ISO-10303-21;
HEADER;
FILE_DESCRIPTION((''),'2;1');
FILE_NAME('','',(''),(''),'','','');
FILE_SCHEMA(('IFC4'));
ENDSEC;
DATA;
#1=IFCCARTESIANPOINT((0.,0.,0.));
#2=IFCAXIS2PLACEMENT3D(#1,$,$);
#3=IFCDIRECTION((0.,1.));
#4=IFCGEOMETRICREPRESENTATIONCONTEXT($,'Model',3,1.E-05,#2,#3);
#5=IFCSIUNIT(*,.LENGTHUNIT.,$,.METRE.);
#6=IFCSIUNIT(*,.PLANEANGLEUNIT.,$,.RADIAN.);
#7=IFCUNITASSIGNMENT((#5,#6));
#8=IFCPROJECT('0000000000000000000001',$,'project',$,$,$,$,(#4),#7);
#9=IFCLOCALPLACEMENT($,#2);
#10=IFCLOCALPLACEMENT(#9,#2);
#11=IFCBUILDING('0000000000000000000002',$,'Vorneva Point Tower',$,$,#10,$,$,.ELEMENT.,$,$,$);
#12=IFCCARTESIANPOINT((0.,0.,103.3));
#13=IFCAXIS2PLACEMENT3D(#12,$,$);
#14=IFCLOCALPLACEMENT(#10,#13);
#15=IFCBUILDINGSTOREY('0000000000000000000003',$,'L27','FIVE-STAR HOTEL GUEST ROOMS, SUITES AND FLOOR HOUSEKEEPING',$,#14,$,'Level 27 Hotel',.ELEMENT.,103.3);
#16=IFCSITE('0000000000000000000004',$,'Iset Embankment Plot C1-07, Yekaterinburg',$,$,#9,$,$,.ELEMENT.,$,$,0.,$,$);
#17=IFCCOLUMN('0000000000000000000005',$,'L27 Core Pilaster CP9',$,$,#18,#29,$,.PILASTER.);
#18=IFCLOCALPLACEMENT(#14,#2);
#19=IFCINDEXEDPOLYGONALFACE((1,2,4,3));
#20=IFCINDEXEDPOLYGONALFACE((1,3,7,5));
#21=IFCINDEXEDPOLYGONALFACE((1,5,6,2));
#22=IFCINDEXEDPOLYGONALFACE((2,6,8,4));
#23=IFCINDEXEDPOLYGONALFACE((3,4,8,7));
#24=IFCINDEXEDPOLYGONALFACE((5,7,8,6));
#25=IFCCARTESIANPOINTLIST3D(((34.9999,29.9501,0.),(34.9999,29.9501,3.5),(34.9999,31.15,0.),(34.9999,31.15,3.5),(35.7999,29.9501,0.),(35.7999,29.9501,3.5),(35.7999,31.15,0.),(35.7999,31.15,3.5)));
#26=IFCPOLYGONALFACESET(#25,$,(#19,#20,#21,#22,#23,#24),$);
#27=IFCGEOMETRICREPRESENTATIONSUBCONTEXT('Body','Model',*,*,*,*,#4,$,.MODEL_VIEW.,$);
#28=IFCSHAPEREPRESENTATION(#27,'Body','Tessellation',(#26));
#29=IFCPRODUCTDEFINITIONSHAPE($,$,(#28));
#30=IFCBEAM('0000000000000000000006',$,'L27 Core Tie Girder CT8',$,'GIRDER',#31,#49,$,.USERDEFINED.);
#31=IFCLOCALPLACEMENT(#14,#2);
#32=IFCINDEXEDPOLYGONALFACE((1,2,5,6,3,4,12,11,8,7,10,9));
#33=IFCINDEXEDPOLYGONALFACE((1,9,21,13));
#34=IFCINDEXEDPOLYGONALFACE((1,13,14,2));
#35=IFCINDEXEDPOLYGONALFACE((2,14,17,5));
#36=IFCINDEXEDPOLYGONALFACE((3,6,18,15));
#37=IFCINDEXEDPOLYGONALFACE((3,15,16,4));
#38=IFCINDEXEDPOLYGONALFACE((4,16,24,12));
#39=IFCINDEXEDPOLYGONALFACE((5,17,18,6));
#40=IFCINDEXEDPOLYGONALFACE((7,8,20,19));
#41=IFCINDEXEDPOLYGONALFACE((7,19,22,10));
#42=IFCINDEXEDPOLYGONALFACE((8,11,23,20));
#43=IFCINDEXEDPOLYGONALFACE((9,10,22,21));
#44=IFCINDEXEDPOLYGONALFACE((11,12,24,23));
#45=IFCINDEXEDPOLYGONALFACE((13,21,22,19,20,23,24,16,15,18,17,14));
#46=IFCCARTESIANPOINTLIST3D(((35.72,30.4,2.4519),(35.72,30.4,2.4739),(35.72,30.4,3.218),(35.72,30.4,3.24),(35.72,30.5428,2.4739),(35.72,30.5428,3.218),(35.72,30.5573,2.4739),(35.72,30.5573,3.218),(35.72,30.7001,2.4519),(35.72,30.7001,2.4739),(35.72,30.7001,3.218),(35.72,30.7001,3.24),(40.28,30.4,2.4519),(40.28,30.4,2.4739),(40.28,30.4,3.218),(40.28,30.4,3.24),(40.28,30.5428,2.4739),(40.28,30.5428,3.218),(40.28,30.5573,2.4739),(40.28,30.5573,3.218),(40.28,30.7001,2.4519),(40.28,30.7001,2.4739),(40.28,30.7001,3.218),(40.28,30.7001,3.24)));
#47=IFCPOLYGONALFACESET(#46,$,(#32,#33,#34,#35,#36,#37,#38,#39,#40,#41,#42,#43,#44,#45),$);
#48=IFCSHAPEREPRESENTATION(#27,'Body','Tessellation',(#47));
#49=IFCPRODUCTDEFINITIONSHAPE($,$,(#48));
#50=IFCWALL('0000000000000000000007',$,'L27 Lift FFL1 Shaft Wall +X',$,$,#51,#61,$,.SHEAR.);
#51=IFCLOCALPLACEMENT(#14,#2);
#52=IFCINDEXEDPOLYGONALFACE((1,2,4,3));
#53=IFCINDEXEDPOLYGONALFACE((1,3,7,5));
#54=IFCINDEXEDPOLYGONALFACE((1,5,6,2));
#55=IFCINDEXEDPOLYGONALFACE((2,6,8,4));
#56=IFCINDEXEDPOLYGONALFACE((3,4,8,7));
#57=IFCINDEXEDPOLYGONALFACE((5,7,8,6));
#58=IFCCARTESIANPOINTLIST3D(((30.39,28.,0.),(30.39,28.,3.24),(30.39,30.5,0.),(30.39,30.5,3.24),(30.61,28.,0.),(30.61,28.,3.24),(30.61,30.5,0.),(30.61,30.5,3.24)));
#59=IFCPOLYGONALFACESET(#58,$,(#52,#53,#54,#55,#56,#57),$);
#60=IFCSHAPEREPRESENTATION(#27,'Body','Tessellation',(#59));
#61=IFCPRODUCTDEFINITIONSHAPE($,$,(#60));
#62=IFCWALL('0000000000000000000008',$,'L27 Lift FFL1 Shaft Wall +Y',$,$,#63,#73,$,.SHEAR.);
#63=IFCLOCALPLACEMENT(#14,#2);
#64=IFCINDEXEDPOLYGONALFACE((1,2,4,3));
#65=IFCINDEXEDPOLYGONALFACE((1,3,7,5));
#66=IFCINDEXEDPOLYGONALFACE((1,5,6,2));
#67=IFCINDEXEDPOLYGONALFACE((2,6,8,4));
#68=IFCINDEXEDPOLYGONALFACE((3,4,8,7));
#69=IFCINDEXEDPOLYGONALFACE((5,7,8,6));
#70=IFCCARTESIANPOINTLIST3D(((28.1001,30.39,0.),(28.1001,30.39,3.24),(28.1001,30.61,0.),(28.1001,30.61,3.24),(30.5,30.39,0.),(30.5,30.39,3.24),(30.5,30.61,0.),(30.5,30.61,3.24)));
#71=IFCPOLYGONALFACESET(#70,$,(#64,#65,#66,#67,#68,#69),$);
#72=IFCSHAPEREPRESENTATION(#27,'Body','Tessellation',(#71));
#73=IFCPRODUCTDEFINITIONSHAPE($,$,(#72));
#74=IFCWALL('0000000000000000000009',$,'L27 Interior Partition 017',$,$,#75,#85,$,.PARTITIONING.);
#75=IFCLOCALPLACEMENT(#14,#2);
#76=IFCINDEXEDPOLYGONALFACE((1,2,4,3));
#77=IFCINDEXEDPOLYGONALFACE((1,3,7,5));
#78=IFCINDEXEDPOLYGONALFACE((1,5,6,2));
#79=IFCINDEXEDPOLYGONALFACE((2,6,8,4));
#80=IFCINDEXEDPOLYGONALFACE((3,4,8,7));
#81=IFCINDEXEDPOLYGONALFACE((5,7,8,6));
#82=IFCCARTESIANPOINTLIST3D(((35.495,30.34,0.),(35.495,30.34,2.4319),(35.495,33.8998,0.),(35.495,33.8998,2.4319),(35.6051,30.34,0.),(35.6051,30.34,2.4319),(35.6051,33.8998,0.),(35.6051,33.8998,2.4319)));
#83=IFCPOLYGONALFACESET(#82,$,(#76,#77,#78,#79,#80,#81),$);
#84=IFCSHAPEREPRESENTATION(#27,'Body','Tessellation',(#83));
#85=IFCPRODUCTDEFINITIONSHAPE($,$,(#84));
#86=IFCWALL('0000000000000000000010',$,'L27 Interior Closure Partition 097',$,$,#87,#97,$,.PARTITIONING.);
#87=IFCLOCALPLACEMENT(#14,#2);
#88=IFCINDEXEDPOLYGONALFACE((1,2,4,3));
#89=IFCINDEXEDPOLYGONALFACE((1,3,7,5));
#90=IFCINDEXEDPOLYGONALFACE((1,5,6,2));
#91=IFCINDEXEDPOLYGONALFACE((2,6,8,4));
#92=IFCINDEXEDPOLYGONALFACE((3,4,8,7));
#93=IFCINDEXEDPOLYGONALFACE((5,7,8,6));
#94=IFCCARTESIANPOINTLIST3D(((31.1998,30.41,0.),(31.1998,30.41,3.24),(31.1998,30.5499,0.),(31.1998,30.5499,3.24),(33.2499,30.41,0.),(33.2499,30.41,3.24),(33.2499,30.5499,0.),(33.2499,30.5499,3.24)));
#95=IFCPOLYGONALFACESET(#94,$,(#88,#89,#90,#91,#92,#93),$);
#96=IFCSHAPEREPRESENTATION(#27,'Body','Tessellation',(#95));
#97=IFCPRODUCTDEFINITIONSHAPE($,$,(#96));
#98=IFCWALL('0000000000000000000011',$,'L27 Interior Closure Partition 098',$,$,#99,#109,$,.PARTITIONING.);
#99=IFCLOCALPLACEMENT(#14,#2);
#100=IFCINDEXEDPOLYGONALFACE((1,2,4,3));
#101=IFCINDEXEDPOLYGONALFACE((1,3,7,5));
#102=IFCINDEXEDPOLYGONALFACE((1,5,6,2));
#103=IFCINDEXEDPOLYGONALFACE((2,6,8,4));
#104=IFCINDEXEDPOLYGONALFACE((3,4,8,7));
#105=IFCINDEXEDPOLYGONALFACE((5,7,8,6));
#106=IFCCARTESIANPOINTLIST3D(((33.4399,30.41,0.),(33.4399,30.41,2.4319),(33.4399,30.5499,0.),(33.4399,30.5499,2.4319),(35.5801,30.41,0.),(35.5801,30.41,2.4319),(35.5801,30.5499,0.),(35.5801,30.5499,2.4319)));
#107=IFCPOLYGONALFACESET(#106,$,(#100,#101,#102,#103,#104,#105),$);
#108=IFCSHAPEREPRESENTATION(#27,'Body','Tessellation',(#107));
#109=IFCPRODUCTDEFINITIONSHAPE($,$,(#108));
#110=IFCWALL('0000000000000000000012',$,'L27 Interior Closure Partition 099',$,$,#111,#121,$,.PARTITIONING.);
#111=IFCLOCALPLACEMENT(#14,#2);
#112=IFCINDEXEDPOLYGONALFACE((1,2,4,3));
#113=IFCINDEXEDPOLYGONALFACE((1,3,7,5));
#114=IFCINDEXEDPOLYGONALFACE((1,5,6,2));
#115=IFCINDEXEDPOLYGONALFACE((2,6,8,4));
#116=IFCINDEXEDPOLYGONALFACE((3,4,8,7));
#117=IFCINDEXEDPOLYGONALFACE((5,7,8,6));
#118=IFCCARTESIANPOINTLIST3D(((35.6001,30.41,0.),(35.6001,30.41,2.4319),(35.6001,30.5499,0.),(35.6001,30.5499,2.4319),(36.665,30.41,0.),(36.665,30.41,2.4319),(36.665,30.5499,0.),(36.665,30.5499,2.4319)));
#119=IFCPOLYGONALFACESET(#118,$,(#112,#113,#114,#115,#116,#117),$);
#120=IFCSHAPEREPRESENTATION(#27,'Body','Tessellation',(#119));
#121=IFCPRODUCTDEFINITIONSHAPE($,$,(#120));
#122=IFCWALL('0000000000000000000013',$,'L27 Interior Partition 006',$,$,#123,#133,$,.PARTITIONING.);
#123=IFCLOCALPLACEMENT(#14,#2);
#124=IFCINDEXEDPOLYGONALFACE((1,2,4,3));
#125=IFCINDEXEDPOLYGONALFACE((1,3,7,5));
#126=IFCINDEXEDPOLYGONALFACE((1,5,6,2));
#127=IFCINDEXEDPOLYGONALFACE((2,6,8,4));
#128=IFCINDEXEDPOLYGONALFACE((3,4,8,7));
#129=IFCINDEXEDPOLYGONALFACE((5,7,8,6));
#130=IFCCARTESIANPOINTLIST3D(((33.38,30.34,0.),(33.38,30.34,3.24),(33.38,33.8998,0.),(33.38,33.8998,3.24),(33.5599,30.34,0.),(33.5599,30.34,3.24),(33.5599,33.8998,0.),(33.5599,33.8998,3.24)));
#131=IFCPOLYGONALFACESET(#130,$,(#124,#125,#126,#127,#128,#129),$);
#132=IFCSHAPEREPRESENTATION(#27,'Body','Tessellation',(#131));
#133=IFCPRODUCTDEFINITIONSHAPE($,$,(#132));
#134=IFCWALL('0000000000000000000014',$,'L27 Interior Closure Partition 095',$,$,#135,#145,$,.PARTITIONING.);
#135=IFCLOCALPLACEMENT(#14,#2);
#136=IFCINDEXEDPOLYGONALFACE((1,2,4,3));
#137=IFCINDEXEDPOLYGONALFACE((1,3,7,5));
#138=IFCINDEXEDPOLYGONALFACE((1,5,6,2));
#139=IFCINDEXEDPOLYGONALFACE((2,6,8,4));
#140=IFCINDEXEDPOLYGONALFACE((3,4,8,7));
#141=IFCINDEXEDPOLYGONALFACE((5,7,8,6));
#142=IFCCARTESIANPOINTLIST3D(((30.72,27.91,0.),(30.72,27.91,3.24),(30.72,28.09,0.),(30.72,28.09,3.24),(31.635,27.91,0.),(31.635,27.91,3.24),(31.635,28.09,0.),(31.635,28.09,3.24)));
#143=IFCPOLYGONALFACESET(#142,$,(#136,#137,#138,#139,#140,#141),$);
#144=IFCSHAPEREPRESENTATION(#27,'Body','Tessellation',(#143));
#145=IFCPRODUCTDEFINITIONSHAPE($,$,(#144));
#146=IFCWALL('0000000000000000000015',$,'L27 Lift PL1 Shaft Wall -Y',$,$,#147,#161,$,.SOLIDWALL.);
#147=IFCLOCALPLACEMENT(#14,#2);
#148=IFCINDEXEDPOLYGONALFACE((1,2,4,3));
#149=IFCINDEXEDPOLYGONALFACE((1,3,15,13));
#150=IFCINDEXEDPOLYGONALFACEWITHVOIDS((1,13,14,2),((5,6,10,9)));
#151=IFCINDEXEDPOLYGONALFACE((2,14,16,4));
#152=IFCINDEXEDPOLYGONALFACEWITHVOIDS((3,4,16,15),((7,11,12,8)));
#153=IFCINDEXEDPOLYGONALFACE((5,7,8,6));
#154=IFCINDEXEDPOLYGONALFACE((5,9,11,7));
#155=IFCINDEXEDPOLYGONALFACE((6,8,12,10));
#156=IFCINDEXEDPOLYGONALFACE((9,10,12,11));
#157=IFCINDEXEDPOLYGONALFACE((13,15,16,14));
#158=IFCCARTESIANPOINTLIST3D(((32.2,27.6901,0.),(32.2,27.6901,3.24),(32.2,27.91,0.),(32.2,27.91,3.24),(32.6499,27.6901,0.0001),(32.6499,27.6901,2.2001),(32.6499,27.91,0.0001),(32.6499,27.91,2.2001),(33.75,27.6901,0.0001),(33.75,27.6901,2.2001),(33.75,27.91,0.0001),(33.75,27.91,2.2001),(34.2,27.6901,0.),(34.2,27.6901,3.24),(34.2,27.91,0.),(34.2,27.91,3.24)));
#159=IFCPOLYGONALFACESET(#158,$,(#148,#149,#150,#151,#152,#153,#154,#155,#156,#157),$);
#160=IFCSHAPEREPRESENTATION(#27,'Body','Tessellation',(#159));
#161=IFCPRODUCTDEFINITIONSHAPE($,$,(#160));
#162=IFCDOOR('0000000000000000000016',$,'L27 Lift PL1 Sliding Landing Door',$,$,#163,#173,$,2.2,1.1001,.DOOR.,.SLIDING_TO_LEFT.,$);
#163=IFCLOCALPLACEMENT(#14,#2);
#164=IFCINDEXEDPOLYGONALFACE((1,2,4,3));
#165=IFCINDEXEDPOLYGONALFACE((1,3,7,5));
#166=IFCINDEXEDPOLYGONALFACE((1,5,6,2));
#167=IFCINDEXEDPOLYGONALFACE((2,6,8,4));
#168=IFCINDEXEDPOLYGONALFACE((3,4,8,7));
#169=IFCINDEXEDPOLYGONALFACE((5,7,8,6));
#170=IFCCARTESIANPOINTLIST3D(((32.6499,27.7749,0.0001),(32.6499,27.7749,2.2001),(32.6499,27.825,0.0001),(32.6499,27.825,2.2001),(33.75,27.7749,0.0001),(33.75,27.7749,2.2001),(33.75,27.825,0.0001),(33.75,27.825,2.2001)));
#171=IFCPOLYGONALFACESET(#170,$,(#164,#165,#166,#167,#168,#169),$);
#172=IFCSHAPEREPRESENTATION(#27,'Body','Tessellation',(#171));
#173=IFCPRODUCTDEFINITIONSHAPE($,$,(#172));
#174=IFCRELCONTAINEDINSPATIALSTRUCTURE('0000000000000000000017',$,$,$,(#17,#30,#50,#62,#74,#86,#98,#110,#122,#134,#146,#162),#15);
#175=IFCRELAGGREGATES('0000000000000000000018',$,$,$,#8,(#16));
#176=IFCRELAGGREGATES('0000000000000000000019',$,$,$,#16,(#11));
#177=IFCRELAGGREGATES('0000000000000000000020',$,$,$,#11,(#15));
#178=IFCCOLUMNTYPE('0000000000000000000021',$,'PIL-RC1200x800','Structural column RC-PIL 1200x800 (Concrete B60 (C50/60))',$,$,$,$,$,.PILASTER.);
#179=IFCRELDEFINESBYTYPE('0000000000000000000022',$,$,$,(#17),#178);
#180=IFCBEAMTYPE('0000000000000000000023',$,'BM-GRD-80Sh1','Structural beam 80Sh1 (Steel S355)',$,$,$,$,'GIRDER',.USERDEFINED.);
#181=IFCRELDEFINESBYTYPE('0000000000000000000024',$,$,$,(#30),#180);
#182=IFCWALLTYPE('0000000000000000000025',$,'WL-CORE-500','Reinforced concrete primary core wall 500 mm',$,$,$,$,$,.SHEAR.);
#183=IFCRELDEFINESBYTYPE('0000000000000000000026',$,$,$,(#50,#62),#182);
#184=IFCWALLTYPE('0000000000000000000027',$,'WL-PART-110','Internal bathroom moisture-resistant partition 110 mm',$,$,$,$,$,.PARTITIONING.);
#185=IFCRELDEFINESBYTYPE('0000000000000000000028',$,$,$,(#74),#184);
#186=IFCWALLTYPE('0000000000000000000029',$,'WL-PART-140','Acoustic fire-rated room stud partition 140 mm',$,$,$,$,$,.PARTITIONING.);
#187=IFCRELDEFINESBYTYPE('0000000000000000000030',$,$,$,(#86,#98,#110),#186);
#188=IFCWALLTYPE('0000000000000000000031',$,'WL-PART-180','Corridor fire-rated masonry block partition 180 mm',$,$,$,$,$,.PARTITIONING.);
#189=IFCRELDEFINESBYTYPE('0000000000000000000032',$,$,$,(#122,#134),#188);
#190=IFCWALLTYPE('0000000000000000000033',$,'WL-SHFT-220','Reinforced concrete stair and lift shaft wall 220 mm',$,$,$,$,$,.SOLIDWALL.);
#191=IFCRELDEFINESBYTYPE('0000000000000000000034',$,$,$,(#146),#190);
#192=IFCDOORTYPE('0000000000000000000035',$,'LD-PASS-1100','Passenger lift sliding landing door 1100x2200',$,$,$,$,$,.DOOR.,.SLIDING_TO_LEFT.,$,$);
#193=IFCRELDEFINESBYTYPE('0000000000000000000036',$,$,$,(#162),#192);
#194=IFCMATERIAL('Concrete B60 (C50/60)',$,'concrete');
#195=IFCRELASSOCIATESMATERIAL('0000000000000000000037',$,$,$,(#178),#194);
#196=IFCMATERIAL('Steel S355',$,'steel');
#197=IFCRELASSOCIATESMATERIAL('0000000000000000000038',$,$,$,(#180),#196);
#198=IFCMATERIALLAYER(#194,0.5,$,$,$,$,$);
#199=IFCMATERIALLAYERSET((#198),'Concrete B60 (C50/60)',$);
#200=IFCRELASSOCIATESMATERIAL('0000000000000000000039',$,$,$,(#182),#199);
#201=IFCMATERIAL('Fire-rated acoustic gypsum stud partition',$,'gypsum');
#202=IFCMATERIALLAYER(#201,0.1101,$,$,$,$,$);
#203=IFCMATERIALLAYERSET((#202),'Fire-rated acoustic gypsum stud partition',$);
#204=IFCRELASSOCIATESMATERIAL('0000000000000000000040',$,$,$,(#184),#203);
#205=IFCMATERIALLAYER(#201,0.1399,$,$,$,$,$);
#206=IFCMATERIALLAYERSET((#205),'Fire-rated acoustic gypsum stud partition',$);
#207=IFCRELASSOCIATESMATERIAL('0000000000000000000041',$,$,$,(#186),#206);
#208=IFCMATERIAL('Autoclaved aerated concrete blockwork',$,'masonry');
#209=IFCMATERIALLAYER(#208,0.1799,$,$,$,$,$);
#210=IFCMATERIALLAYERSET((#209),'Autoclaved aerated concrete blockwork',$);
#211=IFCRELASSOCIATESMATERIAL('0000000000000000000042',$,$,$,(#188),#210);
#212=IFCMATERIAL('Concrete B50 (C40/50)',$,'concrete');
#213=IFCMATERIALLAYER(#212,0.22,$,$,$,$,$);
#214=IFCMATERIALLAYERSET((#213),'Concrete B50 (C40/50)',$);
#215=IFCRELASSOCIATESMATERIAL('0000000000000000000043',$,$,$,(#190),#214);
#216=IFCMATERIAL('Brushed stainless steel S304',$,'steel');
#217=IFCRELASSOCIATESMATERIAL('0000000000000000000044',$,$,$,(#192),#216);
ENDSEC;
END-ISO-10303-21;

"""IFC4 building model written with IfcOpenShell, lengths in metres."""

from ifc_helpers import new_model, si_unit, direction, frame, frame_2d, origin, origin_2d, place, context, subcontext, project, spatial, rectangle, i_section, extrude, material, layer, layer_set, material_profile, profile_set, type_object, element, fill, save


model = new_model("IFC4")

# Units and contexts
model_context = context("Model", 3, precision=1e-05, world=origin(), true_north=direction((0.0, 1.0)))
body_context = subcontext(model_context, "Body", "Model", "MODEL_VIEW")
ifc_project = project(units=[si_unit("LENGTHUNIT", "METRE"), si_unit("PLANEANGLEUNIT", "RADIAN")], contexts=[model_context])

# Site, building, storey
site_placement = place(None, origin())
site = spatial("IfcSite", under=ifc_project, at=site_placement, Name="Iset Embankment Plot C1-07, Yekaterinburg", CompositionType="ELEMENT", RefElevation=0.0)
building_placement = place(site_placement, origin())
building = spatial("IfcBuilding", under=site, at=building_placement, Name="Vorneva Point Tower", CompositionType="ELEMENT")
storey_placement = place(building_placement, frame((0.0, 0.0, 103.3)))
storey = spatial("IfcBuildingStorey", under=building, at=storey_placement, Name="L27", Description="FIVE-STAR HOTEL GUEST ROOMS, SUITES AND FLOOR HOUSEKEEPING", LongName="Level 27 Hotel", CompositionType="ELEMENT", Elevation=103.3)

# Column
ifc_material_1 = material(Name="Concrete B60 (C50/60)", Category="concrete")
ifc_material_profile_1 = material_profile(ifc_material_1, rectangle(XDim=0.8, YDim=1.2, at=origin_2d()), Name="RC-PIL 1200x800")
ifc_profile_set_1 = profile_set([ifc_material_profile_1], Name="Concrete B60 (C50/60)")
column_type = type_object("IfcColumnType", Name="PIL-RC1200x800", Description="Structural column RC-PIL 1200x800 (Concrete B60 (C50/60))", PredefinedType="PILASTER", material=ifc_profile_set_1)
column_placement = place(storey_placement, frame((35.3999, 30.55, 0.0), z_axis=(0.0, 0.0, 1.0), x_axis=(1.0, 0.0, 0.0)))
element("IfcColumn", 1, at=column_placement, inside=storey, type_object=column_type, Name="L27 Core Pilaster CP9", PredefinedType="PILASTER", context=body_context, shape_type="SweptSolid", body=[
    extrude(rectangle(XDim=0.8, YDim=1.2, at=origin_2d()), origin(), (0.0, 0.0, 1.0), 3.5),
])

# Beam
ifc_material_2 = material(Name="Steel S355", Category="steel")
ifc_material_profile_2 = material_profile(ifc_material_2, i_section(OverallWidth=0.3, OverallDepth=0.7881, WebThickness=0.0144, FlangeThickness=0.022, at=origin_2d()), Name="80Sh1")
ifc_profile_set_2 = profile_set([ifc_material_profile_2], Name="Steel S355")
beam_type = type_object("IfcBeamType", Name="BM-GRD-80Sh1", Description="Structural beam 80Sh1 (Steel S355)", ElementType="GIRDER", PredefinedType="USERDEFINED", material=ifc_profile_set_2)
beam_placement = place(storey_placement, frame((35.72, 30.55, 2.8459), z_axis=(1.0, 0.0, 0.0), x_axis=(0.0, 1.0, 0.0)))
element("IfcBeam", 2, at=beam_placement, inside=storey, type_object=beam_type, Name="L27 Core Tie Girder CT8", ObjectType="GIRDER", PredefinedType="USERDEFINED", context=body_context, shape_type="SweptSolid", body=[
    extrude(i_section(OverallWidth=0.3, OverallDepth=0.7881, WebThickness=0.0144, FlangeThickness=0.022, at=origin_2d()), origin(), (0.0, 0.0, 1.0), 4.5601),
])

# Walls
ifc_layer_1 = layer(ifc_material_1, 0.5)
ifc_layer_set_1 = layer_set([ifc_layer_1], Name="Concrete B60 (C50/60)")
wall_type_1 = type_object("IfcWallType", Name="WL-CORE-500", Description="Reinforced concrete primary core wall 500 mm", PredefinedType="SHEAR", material=ifc_layer_set_1)
wall_1_placement = place(storey_placement, frame((30.5, 28.0, 0.0), z_axis=(0.0, 0.0, 1.0), x_axis=(0.0, 1.0, 0.0)))
element("IfcWall", 3, at=wall_1_placement, inside=storey, type_object=wall_type_1, Name="L27 Lift FFL1 Shaft Wall +X", PredefinedType="SHEAR", context=body_context, shape_type="SweptSolid", body=[
    extrude(rectangle(XDim=2.5, YDim=0.22, at=frame_2d((1.25, 0.0))), origin(), (0.0, 0.0, 1.0), 3.24),
])
wall_2_placement = place(storey_placement, frame((30.5, 30.5, 0.0), z_axis=(0.0, 0.0, 1.0), x_axis=(-1.0, 0.0, 0.0)))
element("IfcWall", 4, at=wall_2_placement, inside=storey, type_object=wall_type_1, Name="L27 Lift FFL1 Shaft Wall +Y", PredefinedType="SHEAR", context=body_context, shape_type="SweptSolid", body=[
    extrude(rectangle(XDim=2.3999, YDim=0.22, at=frame_2d((1.2, 0.0))), origin(), (0.0, 0.0, 1.0), 3.24),
])
ifc_material_3 = material(Name="Fire-rated acoustic gypsum stud partition", Category="gypsum")
ifc_layer_2 = layer(ifc_material_3, 0.1101)
ifc_layer_set_2 = layer_set([ifc_layer_2], Name="Fire-rated acoustic gypsum stud partition")
wall_type_2 = type_object("IfcWallType", Name="WL-PART-110", Description="Internal bathroom moisture-resistant partition 110 mm", PredefinedType="PARTITIONING", material=ifc_layer_set_2)
wall_3_placement = place(storey_placement, frame((35.55, 30.3401, 0.0), z_axis=(0.0, 0.0, 1.0), x_axis=(0.0, 1.0, 0.0)))
element("IfcWall", 5, at=wall_3_placement, inside=storey, type_object=wall_type_2, Name="L27 Interior Partition 017", PredefinedType="PARTITIONING", context=body_context, shape_type="SweptSolid", body=[
    extrude(rectangle(XDim=3.5598, YDim=0.1101, at=frame_2d((1.7798, 0.0))), origin(), (0.0, 0.0, 1.0), 2.4319),
])
ifc_layer_3 = layer(ifc_material_3, 0.1399)
ifc_layer_set_3 = layer_set([ifc_layer_3], Name="Fire-rated acoustic gypsum stud partition")
wall_type_3 = type_object("IfcWallType", Name="WL-PART-140", Description="Acoustic fire-rated room stud partition 140 mm", PredefinedType="PARTITIONING", material=ifc_layer_set_3)
wall_4_placement = place(storey_placement, frame((31.2, 30.48, 0.0), z_axis=(0.0, 0.0, 1.0), x_axis=(1.0, 0.0, 0.0)))
element("IfcWall", 6, at=wall_4_placement, inside=storey, type_object=wall_type_3, Name="L27 Interior Closure Partition 097", PredefinedType="PARTITIONING", context=body_context, shape_type="SweptSolid", body=[
    extrude(rectangle(XDim=2.05, YDim=0.1399, at=frame_2d((1.0249, 0.0))), origin(), (0.0, 0.0, 1.0), 3.24),
])
wall_5_placement = place(storey_placement, frame((33.4399, 30.48, 0.0), z_axis=(0.0, 0.0, 1.0), x_axis=(1.0, 0.0, 0.0)))
element("IfcWall", 7, at=wall_5_placement, inside=storey, type_object=wall_type_3, Name="L27 Interior Closure Partition 098", PredefinedType="PARTITIONING", context=body_context, shape_type="SweptSolid", body=[
    extrude(rectangle(XDim=2.1401, YDim=0.1399, at=frame_2d((1.0701, 0.0))), origin(), (0.0, 0.0, 1.0), 2.4319),
])
wall_6_placement = place(storey_placement, frame((35.6001, 30.48, 0.0), z_axis=(0.0, 0.0, 1.0), x_axis=(1.0, 0.0, 0.0)))
element("IfcWall", 8, at=wall_6_placement, inside=storey, type_object=wall_type_3, Name="L27 Interior Closure Partition 099", PredefinedType="PARTITIONING", context=body_context, shape_type="SweptSolid", body=[
    extrude(rectangle(XDim=1.0649, YDim=0.1399, at=frame_2d((0.5325, 0.0))), origin(), (0.0, 0.0, 1.0), 2.4319),
])
ifc_material_4 = material(Name="Autoclaved aerated concrete blockwork", Category="masonry")
ifc_layer_4 = layer(ifc_material_4, 0.1799)
ifc_layer_set_4 = layer_set([ifc_layer_4], Name="Autoclaved aerated concrete blockwork")
wall_type_4 = type_object("IfcWallType", Name="WL-PART-180", Description="Corridor fire-rated masonry block partition 180 mm", PredefinedType="PARTITIONING", material=ifc_layer_set_4)
wall_7_placement = place(storey_placement, frame((33.47, 30.3401, 0.0), z_axis=(0.0, 0.0, 1.0), x_axis=(0.0, 1.0, 0.0)))
element("IfcWall", 9, at=wall_7_placement, inside=storey, type_object=wall_type_4, Name="L27 Interior Partition 006", PredefinedType="PARTITIONING", context=body_context, shape_type="SweptSolid", body=[
    extrude(rectangle(XDim=3.5598, YDim=0.1799, at=frame_2d((1.7798, 0.0))), origin(), (0.0, 0.0, 1.0), 3.24),
])
wall_8_placement = place(storey_placement, frame((31.635, 28.0, 0.0), z_axis=(0.0, 0.0, 1.0), x_axis=(-1.0, 0.0, 0.0)))
element("IfcWall", 10, at=wall_8_placement, inside=storey, type_object=wall_type_4, Name="L27 Interior Closure Partition 095", PredefinedType="PARTITIONING", context=body_context, shape_type="SweptSolid", body=[
    extrude(rectangle(XDim=0.915, YDim=0.1799, at=frame_2d((0.4575, 0.0))), origin(), (0.0, 0.0, 1.0), 3.24),
])

# Wall, opening, door
ifc_material_5 = material(Name="Concrete B50 (C40/50)", Category="concrete")
ifc_layer_5 = layer(ifc_material_5, 0.22)
ifc_layer_set_5 = layer_set([ifc_layer_5], Name="Concrete B50 (C40/50)")
wall_type_5 = type_object("IfcWallType", Name="WL-SHFT-220", Description="Reinforced concrete stair and lift shaft wall 220 mm", PredefinedType="SOLIDWALL", material=ifc_layer_set_5)
wall_9_placement = place(storey_placement, frame((32.2, 27.8, 0.0), z_axis=(0.0, 0.0, 1.0), x_axis=(1.0, 0.0, 0.0)))
wall_9 = element("IfcWall", 11, at=wall_9_placement, inside=storey, type_object=wall_type_5, Name="L27 Lift PL1 Shaft Wall -Y", PredefinedType="SOLIDWALL", context=body_context, shape_type="SweptSolid", body=[
    extrude(rectangle(XDim=2.0, YDim=0.22, at=frame_2d((1.0, 0.0))), origin(), (0.0, 0.0, 1.0), 3.24),
])
opening_1_placement = place(wall_9_placement, frame((0.45, 0.0, 0.0)))
opening_1 = element("IfcOpeningElement", 12, at=opening_1_placement, cuts=wall_9, PredefinedType="OPENING", context=body_context, shape_type="SweptSolid", body=[
    extrude(rectangle(XDim=1.1001, YDim=2.2, at=frame_2d((0.55, 1.1001))), frame((0.0, 0.125, 0.0), z_axis=(0.0, -1.0, 0.0), x_axis=(1.0, 0.0, 0.0)), (0.0, 0.0, 1.0), 0.2498),
])
ifc_material_6 = material(Name="Brushed stainless steel S304", Category="steel")
door_type = type_object("IfcDoorType", Name="LD-PASS-1100", Description="Passenger lift sliding landing door 1100x2200", OperationType="SLIDING_TO_LEFT", PredefinedType="DOOR", material=ifc_material_6)
door_1_placement = place(opening_1_placement, origin())
door_1 = element("IfcDoor", 13, at=door_1_placement, inside=storey, type_object=door_type, Name="L27 Lift PL1 Sliding Landing Door", OperationType="SLIDING_TO_LEFT", OverallHeight=2.2, OverallWidth=1.1001, PredefinedType="DOOR", context=body_context, shape_type="SweptSolid", body=[
    extrude(rectangle(XDim=1.1001, YDim=2.2, at=frame_2d((0.55, 1.1001))), frame((0.0, 0.0249, 0.0), z_axis=(0.0, -1.0, 0.0), x_axis=(1.0, 0.0, 0.0)), (0.0, 0.0, 1.0), 0.05),
])
fill(opening_1, door_1)

save(model, "model.ifc")
